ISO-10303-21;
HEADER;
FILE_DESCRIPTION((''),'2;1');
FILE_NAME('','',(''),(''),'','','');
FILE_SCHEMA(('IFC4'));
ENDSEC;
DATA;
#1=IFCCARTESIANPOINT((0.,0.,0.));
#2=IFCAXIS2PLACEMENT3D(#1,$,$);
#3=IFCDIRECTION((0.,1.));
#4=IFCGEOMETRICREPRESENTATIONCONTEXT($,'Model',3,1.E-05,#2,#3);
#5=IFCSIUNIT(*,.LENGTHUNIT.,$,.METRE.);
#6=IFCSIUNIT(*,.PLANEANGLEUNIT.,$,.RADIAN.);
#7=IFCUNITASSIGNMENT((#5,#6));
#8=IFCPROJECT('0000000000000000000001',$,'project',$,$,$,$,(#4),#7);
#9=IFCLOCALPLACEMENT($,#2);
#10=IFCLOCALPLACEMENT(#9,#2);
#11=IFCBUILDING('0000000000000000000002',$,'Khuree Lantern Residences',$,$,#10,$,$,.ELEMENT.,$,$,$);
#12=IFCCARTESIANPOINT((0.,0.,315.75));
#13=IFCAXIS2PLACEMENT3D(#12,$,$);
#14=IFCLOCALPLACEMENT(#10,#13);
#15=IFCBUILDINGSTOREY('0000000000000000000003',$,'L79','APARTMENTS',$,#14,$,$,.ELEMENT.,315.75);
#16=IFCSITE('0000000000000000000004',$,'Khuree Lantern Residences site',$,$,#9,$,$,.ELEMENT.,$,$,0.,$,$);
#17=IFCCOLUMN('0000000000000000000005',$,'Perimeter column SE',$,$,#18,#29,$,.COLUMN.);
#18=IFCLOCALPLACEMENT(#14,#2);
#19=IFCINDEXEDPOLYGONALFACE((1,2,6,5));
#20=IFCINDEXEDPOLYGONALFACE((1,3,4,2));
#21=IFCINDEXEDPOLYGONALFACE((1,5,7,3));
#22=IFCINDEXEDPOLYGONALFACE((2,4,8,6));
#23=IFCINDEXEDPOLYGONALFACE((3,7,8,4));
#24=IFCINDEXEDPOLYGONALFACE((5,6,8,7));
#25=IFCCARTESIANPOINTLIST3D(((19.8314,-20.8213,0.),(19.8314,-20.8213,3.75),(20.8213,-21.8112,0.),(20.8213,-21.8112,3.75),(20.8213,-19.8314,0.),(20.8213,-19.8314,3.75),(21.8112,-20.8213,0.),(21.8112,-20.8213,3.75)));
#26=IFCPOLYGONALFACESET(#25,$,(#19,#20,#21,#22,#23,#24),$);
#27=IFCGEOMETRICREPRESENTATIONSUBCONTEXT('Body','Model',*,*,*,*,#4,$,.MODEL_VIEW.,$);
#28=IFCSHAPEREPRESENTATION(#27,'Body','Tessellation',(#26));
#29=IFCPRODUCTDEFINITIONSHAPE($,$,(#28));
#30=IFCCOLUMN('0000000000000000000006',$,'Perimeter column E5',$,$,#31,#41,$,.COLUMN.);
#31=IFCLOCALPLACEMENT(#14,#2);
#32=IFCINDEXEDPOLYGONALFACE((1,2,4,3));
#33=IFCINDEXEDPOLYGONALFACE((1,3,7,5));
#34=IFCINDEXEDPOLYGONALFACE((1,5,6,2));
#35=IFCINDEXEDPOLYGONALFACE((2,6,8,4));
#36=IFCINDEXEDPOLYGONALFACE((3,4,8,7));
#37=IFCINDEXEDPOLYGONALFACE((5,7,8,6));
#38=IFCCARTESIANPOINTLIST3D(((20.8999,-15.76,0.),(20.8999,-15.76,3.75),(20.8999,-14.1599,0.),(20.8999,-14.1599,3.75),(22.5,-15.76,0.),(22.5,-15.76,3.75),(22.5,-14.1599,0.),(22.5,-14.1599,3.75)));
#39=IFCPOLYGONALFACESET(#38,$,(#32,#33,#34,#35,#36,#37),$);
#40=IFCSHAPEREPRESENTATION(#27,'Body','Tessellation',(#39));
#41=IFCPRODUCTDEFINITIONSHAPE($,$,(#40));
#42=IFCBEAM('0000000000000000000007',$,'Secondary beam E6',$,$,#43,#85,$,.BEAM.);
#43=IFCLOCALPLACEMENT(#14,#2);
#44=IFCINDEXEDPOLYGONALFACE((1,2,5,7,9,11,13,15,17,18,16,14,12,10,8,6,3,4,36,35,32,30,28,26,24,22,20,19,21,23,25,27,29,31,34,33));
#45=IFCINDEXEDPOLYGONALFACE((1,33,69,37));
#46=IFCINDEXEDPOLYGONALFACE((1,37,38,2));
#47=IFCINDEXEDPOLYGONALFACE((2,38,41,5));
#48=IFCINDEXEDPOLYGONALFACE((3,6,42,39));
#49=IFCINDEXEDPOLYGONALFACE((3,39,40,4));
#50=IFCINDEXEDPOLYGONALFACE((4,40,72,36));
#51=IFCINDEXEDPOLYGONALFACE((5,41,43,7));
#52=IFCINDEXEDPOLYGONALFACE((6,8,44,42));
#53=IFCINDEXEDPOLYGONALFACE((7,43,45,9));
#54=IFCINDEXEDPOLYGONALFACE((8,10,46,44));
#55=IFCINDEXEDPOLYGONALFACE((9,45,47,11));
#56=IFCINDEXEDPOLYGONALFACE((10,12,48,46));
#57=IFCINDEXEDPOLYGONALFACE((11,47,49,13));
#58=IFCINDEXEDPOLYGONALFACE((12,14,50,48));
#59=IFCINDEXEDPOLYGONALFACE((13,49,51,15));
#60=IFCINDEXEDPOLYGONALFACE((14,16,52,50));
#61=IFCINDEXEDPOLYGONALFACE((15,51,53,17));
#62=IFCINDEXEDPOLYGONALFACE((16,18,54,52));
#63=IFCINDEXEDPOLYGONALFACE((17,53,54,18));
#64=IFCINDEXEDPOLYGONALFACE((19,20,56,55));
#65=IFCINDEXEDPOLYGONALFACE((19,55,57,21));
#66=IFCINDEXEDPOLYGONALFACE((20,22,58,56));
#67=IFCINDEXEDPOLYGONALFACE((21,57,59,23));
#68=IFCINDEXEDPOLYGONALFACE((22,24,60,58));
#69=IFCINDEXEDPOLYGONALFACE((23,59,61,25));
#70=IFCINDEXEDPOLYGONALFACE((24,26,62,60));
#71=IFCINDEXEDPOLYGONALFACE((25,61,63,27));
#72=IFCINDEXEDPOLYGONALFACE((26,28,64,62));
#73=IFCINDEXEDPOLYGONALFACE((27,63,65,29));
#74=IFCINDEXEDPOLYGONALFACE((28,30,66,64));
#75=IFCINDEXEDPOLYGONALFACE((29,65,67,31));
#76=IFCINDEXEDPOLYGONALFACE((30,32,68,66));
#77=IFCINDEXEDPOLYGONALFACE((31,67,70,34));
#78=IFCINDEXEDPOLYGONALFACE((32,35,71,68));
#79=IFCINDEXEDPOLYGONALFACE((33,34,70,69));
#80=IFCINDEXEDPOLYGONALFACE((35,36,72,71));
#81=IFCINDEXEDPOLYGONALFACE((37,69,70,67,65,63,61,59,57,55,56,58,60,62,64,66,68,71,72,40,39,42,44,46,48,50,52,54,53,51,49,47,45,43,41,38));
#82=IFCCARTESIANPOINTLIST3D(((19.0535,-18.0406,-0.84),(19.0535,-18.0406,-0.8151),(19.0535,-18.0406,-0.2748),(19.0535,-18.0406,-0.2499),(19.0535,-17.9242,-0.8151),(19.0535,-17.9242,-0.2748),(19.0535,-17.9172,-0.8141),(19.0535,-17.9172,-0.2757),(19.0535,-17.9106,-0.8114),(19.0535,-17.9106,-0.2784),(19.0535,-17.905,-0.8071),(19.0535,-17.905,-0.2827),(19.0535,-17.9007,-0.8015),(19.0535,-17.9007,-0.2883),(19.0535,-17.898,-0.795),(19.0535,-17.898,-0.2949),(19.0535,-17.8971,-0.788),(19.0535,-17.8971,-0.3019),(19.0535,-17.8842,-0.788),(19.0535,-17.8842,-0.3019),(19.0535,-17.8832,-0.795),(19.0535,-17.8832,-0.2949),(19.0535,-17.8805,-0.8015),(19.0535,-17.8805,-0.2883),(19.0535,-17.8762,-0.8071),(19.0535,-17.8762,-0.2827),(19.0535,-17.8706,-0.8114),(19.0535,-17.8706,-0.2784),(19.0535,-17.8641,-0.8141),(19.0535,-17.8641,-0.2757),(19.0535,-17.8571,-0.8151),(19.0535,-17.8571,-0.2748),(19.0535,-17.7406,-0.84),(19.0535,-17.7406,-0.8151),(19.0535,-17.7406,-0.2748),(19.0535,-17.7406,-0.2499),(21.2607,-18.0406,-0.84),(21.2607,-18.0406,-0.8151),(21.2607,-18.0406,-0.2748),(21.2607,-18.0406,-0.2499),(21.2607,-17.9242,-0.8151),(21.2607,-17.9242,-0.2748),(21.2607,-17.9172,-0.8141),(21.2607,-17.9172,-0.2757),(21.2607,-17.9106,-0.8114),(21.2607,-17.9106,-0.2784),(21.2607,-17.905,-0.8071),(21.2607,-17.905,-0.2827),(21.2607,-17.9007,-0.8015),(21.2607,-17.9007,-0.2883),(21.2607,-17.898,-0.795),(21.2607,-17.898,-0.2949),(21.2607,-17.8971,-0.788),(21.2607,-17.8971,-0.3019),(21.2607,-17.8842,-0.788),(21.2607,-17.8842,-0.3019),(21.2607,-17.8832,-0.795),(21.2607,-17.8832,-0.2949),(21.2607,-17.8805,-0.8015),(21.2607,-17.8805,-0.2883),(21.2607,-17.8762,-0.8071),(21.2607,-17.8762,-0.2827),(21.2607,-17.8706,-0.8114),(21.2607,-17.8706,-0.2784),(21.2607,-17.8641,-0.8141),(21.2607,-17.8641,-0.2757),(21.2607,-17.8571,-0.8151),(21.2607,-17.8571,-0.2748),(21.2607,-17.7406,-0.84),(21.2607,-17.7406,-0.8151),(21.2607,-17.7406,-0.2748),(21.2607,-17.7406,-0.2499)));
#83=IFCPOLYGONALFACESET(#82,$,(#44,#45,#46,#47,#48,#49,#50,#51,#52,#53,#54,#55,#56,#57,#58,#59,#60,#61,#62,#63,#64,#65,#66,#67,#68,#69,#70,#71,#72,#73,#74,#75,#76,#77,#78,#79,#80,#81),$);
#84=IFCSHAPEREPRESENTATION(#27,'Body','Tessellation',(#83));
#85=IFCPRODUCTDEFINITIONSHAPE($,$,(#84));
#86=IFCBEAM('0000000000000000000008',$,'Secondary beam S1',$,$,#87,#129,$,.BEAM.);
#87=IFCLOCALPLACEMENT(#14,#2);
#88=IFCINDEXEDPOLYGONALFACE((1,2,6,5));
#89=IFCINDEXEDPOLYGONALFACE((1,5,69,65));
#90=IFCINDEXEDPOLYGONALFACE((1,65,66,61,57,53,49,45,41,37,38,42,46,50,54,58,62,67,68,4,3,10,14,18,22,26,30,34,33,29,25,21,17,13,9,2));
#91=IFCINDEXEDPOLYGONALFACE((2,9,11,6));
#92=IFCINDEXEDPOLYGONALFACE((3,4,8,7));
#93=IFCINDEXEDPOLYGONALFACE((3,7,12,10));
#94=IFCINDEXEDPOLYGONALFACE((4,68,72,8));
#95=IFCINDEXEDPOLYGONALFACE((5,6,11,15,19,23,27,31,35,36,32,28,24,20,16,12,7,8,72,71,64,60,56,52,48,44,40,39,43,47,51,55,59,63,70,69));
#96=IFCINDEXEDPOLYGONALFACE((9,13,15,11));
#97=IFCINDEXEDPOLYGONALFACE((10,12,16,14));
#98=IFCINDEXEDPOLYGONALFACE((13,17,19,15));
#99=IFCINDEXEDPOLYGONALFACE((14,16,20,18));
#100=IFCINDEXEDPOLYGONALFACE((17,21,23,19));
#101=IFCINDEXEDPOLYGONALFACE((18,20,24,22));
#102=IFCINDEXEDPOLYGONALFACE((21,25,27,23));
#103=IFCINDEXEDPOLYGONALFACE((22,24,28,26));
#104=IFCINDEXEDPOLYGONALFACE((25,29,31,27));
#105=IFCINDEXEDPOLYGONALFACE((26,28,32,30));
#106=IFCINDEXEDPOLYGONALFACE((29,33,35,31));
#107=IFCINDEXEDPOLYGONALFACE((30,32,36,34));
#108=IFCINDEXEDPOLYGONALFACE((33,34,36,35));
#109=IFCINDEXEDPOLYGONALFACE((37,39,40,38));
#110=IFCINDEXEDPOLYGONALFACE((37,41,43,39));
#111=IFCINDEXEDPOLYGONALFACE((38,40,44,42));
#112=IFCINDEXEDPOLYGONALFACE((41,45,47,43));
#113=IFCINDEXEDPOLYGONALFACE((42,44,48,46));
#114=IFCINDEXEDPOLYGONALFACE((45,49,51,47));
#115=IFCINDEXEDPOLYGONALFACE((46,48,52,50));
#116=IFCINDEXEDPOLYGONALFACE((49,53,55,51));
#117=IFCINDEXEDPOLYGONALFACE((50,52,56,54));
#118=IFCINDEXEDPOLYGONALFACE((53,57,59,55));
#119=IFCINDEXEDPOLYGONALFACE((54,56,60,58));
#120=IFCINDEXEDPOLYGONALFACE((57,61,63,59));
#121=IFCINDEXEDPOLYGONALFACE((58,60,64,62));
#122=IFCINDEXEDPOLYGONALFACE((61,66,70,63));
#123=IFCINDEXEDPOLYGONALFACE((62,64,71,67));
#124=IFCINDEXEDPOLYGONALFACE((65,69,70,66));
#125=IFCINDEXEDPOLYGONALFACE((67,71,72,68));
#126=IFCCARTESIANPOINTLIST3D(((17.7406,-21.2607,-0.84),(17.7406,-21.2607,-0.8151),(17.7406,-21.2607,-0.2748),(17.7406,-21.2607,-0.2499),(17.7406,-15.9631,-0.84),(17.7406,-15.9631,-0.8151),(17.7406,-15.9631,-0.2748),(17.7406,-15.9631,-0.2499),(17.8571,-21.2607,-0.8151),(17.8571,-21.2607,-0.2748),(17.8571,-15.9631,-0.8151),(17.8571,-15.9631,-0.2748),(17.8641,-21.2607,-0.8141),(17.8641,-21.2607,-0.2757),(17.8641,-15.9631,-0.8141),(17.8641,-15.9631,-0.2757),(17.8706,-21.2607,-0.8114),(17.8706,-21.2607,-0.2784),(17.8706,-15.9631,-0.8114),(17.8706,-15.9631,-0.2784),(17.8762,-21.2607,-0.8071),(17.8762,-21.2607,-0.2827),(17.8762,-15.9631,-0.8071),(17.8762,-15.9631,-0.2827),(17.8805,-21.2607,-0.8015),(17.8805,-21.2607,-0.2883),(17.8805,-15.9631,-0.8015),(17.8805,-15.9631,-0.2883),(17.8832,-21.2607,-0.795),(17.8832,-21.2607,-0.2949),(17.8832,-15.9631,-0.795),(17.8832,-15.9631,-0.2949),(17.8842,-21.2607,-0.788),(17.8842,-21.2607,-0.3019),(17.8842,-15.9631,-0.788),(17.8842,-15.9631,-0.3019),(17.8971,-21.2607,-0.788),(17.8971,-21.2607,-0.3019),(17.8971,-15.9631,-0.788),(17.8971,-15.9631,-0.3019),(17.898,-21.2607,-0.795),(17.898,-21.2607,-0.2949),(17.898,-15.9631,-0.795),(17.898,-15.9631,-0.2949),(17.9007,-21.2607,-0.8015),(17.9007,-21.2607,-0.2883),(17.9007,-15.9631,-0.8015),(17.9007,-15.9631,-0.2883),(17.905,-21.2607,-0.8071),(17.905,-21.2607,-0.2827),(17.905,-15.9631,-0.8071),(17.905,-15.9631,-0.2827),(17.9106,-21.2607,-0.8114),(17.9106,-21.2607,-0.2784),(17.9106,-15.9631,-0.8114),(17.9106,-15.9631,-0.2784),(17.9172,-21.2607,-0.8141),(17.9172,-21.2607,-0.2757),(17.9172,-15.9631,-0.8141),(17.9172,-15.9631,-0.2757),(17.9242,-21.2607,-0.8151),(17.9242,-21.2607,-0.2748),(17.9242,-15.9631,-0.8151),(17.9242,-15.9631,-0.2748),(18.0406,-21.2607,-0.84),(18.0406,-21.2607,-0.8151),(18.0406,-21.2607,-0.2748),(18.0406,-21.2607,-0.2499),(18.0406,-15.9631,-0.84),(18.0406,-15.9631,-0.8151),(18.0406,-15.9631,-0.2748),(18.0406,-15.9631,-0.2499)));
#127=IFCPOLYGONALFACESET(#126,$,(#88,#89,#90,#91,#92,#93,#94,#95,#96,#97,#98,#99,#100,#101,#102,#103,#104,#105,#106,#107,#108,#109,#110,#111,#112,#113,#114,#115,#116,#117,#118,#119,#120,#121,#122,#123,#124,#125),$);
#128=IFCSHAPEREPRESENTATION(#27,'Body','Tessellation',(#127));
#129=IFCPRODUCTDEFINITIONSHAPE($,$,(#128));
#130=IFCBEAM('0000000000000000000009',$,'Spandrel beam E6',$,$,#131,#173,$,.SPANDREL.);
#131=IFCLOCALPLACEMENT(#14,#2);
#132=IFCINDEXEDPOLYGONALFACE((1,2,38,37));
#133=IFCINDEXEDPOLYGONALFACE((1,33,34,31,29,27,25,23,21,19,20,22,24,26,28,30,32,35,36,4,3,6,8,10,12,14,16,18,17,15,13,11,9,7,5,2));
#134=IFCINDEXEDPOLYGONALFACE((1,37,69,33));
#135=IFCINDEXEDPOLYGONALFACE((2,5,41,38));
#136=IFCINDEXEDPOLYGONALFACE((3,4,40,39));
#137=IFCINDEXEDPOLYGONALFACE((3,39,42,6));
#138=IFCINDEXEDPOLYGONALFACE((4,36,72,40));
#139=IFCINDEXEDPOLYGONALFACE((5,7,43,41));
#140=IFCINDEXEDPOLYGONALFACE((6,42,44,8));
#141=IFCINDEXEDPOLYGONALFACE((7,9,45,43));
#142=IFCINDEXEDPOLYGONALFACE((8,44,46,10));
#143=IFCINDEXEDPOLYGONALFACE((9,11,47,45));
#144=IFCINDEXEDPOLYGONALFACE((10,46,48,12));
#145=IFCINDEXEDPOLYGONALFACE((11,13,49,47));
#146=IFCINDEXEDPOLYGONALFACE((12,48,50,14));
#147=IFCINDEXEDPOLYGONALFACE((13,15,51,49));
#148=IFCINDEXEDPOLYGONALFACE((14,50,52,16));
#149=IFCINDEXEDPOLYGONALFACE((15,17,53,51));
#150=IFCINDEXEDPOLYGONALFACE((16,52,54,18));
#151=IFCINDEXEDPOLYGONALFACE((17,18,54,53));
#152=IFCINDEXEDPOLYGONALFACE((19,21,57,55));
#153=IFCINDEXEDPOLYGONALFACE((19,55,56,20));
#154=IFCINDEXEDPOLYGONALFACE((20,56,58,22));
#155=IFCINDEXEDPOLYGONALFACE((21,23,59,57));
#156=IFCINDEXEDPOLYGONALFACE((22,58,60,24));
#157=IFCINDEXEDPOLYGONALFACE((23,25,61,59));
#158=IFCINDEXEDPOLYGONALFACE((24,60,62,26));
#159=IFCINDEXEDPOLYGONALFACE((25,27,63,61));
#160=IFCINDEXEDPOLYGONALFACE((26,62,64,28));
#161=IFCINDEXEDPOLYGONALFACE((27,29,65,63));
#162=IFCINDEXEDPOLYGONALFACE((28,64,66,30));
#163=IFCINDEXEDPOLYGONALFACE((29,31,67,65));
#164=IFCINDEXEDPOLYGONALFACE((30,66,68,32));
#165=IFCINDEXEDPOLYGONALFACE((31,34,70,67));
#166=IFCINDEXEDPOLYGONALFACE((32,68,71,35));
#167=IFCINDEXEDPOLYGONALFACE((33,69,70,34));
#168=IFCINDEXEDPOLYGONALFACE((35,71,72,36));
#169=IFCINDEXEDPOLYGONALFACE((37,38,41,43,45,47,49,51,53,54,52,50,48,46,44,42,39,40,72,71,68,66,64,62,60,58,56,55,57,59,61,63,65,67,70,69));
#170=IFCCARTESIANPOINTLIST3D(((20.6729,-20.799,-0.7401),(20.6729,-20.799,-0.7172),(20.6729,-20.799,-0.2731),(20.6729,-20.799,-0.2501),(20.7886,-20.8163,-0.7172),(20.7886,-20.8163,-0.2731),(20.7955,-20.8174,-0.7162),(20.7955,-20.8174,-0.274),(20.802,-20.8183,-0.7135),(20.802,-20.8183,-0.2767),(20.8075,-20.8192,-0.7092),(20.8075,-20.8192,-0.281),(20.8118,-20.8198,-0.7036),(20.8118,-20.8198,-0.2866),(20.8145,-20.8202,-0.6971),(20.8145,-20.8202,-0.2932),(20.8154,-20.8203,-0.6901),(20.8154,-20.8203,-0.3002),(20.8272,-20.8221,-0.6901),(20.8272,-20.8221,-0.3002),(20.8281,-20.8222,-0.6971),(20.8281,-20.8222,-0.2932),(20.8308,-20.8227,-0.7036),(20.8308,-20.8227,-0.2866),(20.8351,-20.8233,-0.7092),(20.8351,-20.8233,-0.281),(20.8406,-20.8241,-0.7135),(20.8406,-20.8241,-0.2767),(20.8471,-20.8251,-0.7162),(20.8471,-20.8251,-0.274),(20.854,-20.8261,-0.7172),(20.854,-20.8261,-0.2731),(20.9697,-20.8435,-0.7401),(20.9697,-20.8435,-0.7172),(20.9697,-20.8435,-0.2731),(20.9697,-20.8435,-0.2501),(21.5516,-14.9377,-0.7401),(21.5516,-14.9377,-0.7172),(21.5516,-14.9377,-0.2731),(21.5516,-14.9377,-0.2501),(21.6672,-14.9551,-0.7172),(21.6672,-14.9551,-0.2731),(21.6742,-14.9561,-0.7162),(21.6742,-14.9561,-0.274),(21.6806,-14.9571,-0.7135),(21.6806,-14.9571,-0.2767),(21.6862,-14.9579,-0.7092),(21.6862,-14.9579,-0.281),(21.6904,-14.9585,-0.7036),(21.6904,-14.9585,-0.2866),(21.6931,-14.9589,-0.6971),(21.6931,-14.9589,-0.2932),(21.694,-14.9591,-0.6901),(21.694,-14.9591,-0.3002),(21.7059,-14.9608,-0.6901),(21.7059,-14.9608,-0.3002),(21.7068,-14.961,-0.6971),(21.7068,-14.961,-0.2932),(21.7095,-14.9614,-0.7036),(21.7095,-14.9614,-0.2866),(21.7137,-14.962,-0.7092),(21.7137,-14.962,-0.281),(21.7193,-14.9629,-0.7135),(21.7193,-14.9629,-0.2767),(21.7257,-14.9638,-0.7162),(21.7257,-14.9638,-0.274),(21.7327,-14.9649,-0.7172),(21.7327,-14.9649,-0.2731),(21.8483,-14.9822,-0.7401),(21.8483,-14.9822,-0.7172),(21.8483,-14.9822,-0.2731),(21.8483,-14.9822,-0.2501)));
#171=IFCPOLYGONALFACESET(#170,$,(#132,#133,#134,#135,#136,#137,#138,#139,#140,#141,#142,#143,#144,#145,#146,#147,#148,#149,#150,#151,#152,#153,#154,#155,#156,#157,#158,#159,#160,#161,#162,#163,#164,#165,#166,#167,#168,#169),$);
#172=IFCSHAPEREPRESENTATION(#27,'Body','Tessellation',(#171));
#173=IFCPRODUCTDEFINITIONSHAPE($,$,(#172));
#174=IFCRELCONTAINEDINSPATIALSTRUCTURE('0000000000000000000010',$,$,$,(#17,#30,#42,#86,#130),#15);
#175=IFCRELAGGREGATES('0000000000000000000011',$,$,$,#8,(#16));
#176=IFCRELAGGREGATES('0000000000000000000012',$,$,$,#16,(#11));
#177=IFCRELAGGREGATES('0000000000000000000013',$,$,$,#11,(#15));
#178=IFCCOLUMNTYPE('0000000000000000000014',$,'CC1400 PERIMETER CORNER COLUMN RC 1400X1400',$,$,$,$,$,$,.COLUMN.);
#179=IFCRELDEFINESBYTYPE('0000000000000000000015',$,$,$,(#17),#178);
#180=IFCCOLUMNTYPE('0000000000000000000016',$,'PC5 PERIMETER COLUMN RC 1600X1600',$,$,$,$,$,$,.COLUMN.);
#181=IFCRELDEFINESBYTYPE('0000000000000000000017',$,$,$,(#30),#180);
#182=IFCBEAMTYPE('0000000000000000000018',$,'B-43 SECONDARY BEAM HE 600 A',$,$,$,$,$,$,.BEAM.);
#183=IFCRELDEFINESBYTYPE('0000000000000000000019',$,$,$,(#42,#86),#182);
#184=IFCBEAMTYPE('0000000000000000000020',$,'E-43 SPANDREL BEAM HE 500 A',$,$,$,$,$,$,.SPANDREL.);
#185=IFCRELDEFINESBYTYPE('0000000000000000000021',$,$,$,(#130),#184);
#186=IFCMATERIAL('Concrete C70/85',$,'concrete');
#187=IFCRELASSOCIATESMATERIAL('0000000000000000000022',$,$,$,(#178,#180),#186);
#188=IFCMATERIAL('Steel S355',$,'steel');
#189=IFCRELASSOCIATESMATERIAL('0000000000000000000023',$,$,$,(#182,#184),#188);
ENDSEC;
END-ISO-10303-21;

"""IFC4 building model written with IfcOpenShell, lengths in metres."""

from ifc_helpers import new_model, si_unit, direction, frame, origin, origin_2d, place, context, subcontext, project, spatial, rectangle, i_section, extrude, material, material_profile, profile_set, type_object, element, save


model = new_model("IFC4")

# Units and contexts
model_context = context("Model", 3, precision=1e-05, world=origin(), true_north=direction((0.0, 1.0)))
body_context = subcontext(model_context, "Body", "Model", "MODEL_VIEW")
ifc_project = project(units=[si_unit("LENGTHUNIT", "METRE"), si_unit("PLANEANGLEUNIT", "RADIAN")], contexts=[model_context])

# Site, building, storey
site_placement = place(None, origin())
site = spatial("IfcSite", under=ifc_project, at=site_placement, Name="Khuree Lantern Residences site", CompositionType="ELEMENT", RefElevation=0.0)
building_placement = place(site_placement, origin())
building = spatial("IfcBuilding", under=site, at=building_placement, Name="Khuree Lantern Residences", CompositionType="ELEMENT")
storey_placement = place(building_placement, frame((0.0, 0.0, 315.75)))
storey = spatial("IfcBuildingStorey", under=building, at=storey_placement, Name="L79", Description="APARTMENTS", CompositionType="ELEMENT", Elevation=315.75)

# Columns
ifc_material_1 = material(Name="Concrete C70/85", Category="concrete")
ifc_material_profile_1 = material_profile(ifc_material_1, rectangle(XDim=1.3999, YDim=1.3999, at=origin_2d()), Name="RC 1400X1400")
ifc_profile_set_1 = profile_set([ifc_material_profile_1], Name="Concrete C70/85")
column_type_1 = type_object("IfcColumnType", Name="CC1400 PERIMETER CORNER COLUMN RC 1400X1400", PredefinedType="COLUMN", material=ifc_profile_set_1)
column_1_placement = place(storey_placement, frame((20.8213, -20.8213, 0.0), z_axis=(0.0, 0.0, 1.0), x_axis=(0.707107, 0.707107, 0.0)))
element("IfcColumn", 1, at=column_1_placement, inside=storey, type_object=column_type_1, Name="Perimeter column SE", PredefinedType="COLUMN", context=body_context, shape_type="SweptSolid", body=[
    extrude(rectangle(XDim=1.3999, YDim=1.3999, at=origin_2d()), origin(), (0.0, 0.0, 1.0), 3.75),
])
ifc_material_profile_2 = material_profile(ifc_material_1, rectangle(XDim=1.6001, YDim=1.6001, at=origin_2d()), Name="RC 1600X1600")
ifc_profile_set_2 = profile_set([ifc_material_profile_2], Name="Concrete C70/85")
column_type_2 = type_object("IfcColumnType", Name="PC5 PERIMETER COLUMN RC 1600X1600", PredefinedType="COLUMN", material=ifc_profile_set_2)
column_2_placement = place(storey_placement, frame((21.7, -14.96, 0.0), z_axis=(0.0, 0.0, 1.0), x_axis=(0.0, 1.0, 0.0)))
element("IfcColumn", 2, at=column_2_placement, inside=storey, type_object=column_type_2, Name="Perimeter column E5", PredefinedType="COLUMN", context=body_context, shape_type="SweptSolid", body=[
    extrude(rectangle(XDim=1.6001, YDim=1.6001, at=origin_2d()), origin(), (0.0, 0.0, 1.0), 3.75),
])

# Beams
ifc_material_2 = material(Name="Steel S355", Category="steel")
ifc_material_profile_3 = material_profile(ifc_material_2, i_section(OverallWidth=0.3, OverallDepth=0.5901, WebThickness=0.0129, FlangeThickness=0.0249, FilletRadius=0.0271, at=origin_2d()), Name="HE 600 A")
ifc_profile_set_3 = profile_set([ifc_material_profile_3], Name="Steel S355")
beam_type_1 = type_object("IfcBeamType", Name="B-43 SECONDARY BEAM HE 600 A", PredefinedType="BEAM", material=ifc_profile_set_3)
beam_1_placement = place(storey_placement, frame((21.2607, -17.8906, -0.5449), z_axis=(-1.0, 0.0, 0.0), x_axis=(0.0, -1.0, 0.0)))
element("IfcBeam", 3, at=beam_1_placement, inside=storey, type_object=beam_type_1, Name="Secondary beam E6", PredefinedType="BEAM", context=body_context, shape_type="SweptSolid", body=[
    extrude(i_section(OverallWidth=0.3, OverallDepth=0.5901, WebThickness=0.0129, FlangeThickness=0.0249, FilletRadius=0.0271, at=origin_2d()), origin(), (0.0, 0.0, 1.0), 2.2073),
])
beam_2_placement = place(storey_placement, frame((17.8906, -21.2607, -0.5449), z_axis=(0.0, 1.0, 0.0), x_axis=(-1.0, 0.0, 0.0)))
element("IfcBeam", 4, at=beam_2_placement, inside=storey, type_object=beam_type_1, Name="Secondary beam S1", PredefinedType="BEAM", context=body_context, shape_type="SweptSolid", body=[
    extrude(i_section(OverallWidth=0.3, OverallDepth=0.5901, WebThickness=0.0129, FlangeThickness=0.0249, FilletRadius=0.0271, at=origin_2d()), origin(), (0.0, 0.0, 1.0), 5.2976),
])
ifc_material_profile_4 = material_profile(ifc_material_2, i_section(OverallWidth=0.3, OverallDepth=0.49, WebThickness=0.012, FlangeThickness=0.0229, FilletRadius=0.0271, at=origin_2d()), Name="HE 500 A")
ifc_profile_set_4 = profile_set([ifc_material_profile_4], Name="Steel S355")
beam_type_2 = type_object("IfcBeamType", Name="E-43 SPANDREL BEAM HE 500 A", PredefinedType="SPANDREL", material=ifc_profile_set_4)
for number, where, z_axis, x_axis, name in (
    (5, (21.7, -14.96, -0.4951), (-0.148252, -0.98895, 0.0), (0.98895, -0.148252, 0.0), "Spandrel beam E6"),
):
    element("IfcBeam", number, at=place(storey_placement, frame(where, z_axis=z_axis, x_axis=x_axis)), inside=storey, type_object=beam_type_2, Name=name, PredefinedType="SPANDREL", context=body_context, shape_type="SweptSolid", body=[
        extrude(i_section(OverallWidth=0.3, OverallDepth=0.49, WebThickness=0.012, FlangeThickness=0.0229, FilletRadius=0.0271, at=origin_2d()), origin(), (0.0, 0.0, 1.0), 5.9268),
    ])

save(model, "model.ifc")
